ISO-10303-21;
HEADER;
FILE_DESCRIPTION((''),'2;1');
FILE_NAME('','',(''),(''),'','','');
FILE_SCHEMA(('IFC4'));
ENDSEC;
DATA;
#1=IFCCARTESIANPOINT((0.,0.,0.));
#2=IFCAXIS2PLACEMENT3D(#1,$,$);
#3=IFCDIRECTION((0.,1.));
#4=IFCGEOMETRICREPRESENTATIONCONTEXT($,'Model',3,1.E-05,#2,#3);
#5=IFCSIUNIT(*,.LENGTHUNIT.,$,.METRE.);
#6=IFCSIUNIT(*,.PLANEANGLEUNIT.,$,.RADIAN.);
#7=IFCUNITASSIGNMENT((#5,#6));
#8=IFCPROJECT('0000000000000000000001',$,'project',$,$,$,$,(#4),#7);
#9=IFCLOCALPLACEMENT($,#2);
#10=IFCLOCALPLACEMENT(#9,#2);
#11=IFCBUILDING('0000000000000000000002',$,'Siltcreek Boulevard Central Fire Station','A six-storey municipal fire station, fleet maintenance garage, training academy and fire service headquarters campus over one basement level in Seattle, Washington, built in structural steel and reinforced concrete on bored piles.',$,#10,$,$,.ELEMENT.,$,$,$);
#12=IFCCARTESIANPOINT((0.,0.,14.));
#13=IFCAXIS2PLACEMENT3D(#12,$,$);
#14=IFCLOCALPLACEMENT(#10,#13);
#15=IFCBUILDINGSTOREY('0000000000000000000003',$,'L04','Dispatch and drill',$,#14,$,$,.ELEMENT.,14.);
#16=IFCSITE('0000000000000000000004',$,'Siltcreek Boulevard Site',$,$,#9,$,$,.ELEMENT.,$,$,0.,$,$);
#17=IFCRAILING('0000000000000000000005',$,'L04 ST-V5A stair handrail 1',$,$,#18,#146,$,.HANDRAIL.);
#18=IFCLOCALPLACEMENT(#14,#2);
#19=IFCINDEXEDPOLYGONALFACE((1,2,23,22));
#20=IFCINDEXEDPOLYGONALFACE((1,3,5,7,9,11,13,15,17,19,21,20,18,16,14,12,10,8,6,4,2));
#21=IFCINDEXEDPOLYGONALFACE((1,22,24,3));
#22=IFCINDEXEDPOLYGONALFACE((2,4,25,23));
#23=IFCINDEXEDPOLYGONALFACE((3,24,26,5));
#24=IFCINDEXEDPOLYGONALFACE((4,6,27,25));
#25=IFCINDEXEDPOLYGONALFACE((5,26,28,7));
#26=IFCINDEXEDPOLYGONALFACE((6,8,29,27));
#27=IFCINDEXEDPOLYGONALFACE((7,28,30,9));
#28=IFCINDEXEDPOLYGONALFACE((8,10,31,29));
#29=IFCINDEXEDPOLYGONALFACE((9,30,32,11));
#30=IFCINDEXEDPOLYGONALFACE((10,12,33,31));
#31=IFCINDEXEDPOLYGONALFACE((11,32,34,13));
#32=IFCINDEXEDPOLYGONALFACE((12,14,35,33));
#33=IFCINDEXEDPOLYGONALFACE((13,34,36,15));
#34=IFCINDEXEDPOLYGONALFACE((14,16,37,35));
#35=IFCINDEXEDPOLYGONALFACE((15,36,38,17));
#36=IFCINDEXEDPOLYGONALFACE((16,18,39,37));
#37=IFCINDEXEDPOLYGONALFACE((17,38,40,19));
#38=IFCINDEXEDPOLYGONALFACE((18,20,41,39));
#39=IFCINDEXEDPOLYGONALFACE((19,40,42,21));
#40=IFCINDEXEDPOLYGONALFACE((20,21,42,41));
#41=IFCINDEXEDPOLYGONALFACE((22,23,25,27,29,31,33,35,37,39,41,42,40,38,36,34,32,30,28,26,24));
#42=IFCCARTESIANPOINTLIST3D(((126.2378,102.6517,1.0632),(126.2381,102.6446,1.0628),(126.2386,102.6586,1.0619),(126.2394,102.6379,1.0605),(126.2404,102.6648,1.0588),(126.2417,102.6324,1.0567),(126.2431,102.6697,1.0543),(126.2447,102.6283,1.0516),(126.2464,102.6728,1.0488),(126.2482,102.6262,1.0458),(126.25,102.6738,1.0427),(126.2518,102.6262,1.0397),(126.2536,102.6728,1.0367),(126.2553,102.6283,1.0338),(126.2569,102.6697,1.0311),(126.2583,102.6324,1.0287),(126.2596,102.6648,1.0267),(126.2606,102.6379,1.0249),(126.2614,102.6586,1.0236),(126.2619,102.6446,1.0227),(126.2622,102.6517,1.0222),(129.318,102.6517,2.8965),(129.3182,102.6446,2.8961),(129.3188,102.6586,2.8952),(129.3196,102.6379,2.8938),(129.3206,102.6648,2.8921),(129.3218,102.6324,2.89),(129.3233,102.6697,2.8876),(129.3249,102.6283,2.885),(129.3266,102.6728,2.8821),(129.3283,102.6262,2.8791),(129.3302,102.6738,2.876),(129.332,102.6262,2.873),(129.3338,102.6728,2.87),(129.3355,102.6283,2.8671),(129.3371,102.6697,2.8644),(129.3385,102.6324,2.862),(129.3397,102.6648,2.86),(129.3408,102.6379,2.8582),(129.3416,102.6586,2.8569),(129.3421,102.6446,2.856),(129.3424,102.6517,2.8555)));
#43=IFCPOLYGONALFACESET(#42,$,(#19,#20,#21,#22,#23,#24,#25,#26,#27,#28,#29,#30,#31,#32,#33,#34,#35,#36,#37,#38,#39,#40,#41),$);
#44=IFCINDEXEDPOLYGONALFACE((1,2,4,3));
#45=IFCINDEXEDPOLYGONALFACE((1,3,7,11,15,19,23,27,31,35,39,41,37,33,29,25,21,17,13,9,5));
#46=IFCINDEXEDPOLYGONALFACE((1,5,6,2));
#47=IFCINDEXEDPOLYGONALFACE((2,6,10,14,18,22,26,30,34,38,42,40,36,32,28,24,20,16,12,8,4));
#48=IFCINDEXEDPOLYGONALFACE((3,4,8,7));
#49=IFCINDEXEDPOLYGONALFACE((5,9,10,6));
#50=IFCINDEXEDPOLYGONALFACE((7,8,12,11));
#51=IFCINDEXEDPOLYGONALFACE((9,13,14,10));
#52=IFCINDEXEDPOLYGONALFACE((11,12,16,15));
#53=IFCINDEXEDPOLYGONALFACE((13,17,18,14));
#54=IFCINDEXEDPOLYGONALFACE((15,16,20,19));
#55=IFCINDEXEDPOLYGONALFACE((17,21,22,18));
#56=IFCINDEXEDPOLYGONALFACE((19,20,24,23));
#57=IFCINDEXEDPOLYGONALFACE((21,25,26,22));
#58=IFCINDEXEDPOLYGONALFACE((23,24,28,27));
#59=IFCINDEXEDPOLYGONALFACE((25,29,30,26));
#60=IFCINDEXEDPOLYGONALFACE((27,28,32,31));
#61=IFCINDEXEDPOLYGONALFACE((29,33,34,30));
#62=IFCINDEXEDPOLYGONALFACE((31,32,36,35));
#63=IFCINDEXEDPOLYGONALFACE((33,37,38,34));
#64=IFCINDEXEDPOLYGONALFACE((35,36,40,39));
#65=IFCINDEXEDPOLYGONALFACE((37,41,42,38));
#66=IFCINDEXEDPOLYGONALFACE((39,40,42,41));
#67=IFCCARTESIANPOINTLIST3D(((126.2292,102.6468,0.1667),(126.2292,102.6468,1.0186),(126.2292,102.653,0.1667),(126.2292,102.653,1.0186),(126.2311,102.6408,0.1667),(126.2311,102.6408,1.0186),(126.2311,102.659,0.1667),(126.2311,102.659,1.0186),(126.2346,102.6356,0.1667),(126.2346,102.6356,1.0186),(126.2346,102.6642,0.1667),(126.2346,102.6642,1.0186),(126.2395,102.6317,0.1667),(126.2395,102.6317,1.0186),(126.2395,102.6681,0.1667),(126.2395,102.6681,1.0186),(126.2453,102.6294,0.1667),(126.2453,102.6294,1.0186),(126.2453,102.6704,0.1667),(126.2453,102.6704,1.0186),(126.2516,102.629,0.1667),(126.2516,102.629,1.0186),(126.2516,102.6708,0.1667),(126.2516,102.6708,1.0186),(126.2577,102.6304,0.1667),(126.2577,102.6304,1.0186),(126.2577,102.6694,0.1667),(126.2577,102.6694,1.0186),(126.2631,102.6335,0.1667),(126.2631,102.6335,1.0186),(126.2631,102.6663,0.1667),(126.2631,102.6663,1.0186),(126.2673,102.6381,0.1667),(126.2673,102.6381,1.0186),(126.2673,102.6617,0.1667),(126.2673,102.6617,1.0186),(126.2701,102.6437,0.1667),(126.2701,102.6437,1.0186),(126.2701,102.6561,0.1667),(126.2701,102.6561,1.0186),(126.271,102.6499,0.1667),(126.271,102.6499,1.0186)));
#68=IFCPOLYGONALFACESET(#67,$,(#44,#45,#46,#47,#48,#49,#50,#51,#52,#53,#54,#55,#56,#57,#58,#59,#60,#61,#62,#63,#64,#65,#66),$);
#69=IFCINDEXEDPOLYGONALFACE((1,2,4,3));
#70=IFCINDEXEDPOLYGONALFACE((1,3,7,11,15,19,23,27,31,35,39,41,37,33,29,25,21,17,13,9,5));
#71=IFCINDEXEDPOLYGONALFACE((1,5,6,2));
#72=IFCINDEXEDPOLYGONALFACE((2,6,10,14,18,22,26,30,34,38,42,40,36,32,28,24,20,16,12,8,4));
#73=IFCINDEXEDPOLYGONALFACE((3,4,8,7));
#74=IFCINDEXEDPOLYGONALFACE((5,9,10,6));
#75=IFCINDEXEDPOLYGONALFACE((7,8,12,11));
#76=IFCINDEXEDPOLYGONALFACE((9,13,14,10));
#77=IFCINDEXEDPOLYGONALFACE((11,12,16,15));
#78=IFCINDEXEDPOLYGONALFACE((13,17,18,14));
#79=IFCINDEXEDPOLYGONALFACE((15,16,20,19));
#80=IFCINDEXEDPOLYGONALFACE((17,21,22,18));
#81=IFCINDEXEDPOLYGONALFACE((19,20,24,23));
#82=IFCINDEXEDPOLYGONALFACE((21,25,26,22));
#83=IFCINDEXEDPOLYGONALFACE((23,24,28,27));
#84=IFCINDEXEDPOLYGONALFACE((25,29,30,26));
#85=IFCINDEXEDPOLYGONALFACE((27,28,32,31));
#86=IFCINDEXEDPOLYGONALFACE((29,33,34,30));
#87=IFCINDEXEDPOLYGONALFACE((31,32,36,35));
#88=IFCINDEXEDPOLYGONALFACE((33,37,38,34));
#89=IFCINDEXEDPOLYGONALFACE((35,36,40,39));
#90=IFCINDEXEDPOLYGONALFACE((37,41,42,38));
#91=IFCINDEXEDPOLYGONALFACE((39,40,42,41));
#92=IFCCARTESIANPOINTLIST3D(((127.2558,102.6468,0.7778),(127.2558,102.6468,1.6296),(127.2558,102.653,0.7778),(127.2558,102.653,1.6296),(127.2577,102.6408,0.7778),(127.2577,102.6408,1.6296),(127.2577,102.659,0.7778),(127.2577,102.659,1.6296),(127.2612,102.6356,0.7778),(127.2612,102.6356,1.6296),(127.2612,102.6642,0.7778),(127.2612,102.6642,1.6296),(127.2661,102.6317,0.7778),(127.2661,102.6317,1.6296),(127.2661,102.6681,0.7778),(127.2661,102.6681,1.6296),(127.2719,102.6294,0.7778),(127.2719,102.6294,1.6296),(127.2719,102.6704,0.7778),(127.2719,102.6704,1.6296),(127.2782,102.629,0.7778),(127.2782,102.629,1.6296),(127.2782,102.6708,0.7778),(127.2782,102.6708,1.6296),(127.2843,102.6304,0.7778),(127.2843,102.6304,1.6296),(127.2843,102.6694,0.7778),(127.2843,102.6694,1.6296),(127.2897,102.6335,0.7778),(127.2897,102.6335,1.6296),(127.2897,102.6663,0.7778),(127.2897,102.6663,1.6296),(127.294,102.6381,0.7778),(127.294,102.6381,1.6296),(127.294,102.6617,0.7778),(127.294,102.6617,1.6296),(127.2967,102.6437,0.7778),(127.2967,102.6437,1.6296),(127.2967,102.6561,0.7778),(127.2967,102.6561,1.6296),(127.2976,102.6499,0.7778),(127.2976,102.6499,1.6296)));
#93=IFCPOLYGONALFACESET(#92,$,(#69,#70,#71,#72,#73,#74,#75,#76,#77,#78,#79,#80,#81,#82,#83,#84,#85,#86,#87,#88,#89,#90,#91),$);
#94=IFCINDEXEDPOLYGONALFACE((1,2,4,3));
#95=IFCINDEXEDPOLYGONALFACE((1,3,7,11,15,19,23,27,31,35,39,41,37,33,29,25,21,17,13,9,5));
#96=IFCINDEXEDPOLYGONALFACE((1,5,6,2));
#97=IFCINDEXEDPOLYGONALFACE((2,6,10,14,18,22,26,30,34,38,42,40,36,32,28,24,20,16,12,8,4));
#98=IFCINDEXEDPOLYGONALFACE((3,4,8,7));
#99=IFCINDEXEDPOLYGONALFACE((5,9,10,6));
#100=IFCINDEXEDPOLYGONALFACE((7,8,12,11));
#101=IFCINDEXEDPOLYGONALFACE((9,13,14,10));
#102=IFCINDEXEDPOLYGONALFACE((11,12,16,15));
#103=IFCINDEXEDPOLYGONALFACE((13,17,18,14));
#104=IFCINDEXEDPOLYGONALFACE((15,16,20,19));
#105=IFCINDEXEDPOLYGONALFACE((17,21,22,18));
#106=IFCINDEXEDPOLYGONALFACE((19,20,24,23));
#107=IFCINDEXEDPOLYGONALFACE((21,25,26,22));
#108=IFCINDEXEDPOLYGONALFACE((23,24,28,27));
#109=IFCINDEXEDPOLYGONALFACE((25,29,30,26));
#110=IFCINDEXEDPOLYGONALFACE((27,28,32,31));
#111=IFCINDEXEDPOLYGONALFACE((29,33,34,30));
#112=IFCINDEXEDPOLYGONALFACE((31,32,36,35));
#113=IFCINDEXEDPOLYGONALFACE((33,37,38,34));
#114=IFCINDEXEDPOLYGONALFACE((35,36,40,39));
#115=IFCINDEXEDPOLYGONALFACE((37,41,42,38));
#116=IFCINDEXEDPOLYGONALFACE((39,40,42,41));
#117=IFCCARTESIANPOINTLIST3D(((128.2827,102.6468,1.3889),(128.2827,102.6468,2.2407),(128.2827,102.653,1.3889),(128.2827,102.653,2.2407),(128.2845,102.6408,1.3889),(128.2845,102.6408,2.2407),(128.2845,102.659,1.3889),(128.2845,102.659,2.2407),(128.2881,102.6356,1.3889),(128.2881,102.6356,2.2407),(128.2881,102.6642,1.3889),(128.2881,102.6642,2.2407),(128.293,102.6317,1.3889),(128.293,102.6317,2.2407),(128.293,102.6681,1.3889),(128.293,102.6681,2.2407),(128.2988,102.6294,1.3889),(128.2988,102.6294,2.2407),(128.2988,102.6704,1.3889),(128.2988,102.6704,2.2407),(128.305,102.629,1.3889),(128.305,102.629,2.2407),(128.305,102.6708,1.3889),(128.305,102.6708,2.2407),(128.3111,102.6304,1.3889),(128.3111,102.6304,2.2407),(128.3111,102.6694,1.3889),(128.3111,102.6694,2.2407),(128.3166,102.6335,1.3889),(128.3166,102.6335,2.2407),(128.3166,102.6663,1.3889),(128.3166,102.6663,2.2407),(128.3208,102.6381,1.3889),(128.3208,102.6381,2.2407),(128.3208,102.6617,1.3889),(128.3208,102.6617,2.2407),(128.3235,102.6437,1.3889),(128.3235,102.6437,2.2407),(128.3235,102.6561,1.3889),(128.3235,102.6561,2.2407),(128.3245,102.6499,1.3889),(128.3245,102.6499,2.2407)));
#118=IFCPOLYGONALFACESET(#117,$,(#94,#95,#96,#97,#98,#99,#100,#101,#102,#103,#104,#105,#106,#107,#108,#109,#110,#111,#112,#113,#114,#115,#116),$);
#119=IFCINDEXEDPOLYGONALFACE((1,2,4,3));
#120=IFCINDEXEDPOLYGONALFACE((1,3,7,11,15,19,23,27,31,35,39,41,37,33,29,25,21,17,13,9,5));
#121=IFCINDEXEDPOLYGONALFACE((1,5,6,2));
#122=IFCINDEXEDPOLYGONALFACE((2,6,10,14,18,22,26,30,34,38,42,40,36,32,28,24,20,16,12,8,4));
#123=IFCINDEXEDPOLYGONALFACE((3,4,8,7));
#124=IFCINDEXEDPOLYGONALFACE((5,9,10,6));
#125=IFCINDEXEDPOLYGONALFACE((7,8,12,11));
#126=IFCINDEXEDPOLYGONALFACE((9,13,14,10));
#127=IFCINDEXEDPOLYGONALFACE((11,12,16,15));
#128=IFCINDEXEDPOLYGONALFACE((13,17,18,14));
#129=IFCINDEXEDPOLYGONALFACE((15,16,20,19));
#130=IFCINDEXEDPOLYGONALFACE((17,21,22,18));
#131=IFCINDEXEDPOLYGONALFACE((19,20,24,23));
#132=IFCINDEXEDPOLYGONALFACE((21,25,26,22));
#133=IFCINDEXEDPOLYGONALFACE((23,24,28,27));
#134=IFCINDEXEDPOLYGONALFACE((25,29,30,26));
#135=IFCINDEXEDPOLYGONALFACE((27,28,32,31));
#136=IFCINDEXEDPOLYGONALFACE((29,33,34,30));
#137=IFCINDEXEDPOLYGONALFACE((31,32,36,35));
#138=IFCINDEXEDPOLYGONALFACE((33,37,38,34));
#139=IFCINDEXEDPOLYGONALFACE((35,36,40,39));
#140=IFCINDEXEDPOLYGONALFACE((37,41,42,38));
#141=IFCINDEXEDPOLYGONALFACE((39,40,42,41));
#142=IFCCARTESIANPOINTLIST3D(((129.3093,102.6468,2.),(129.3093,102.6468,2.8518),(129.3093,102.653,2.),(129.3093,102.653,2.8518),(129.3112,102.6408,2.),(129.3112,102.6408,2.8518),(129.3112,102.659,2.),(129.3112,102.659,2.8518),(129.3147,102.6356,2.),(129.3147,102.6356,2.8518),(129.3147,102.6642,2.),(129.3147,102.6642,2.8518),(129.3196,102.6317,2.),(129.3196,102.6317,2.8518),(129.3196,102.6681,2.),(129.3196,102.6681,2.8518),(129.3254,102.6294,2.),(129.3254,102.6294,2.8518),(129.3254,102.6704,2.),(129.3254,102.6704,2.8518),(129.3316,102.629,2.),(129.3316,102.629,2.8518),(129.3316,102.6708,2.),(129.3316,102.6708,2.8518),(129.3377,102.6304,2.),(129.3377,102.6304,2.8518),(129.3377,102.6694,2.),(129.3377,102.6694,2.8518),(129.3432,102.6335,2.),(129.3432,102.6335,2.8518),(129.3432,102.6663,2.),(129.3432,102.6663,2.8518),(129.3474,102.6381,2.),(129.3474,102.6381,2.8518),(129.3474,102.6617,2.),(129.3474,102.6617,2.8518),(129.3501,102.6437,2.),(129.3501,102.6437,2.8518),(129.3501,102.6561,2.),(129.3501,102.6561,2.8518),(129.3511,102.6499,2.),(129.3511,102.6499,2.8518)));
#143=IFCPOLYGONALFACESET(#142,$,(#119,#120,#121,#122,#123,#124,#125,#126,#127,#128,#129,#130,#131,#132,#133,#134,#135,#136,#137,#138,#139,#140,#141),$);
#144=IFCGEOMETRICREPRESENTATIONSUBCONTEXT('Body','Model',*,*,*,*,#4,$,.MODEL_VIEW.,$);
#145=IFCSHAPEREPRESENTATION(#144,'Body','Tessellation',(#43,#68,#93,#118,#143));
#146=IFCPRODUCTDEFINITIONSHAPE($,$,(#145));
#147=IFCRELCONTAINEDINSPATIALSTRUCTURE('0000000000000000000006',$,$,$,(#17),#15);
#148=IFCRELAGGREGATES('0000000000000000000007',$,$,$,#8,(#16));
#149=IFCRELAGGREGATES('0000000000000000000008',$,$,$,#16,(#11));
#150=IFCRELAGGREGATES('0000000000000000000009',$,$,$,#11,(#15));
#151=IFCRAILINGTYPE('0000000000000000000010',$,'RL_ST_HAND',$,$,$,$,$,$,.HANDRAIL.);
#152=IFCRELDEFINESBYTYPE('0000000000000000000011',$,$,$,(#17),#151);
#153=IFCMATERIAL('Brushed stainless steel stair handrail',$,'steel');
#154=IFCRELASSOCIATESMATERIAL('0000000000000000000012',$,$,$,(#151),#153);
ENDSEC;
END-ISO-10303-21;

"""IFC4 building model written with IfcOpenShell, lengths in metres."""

from ifc_helpers import new_model, si_unit, direction, frame, origin, origin_2d, place, context, subcontext, project, spatial, circle, extrude, material, type_object, element, save


model = new_model("IFC4")

# Units and contexts
model_context = context("Model", 3, precision=1e-05, world=origin(), true_north=direction((0.0, 1.0)))
body_context = subcontext(model_context, "Body", "Model", "MODEL_VIEW")
ifc_project = project(units=[si_unit("LENGTHUNIT", "METRE"), si_unit("PLANEANGLEUNIT", "RADIAN")], contexts=[model_context])

# Site, building, storey
site_placement = place(None, origin())
site = spatial("IfcSite", under=ifc_project, at=site_placement, Name="Siltcreek Boulevard Site", CompositionType="ELEMENT", RefElevation=0.0)
building_placement = place(site_placement, origin())
building = spatial("IfcBuilding", under=site, at=building_placement, Name="Siltcreek Boulevard Central Fire Station", Description="A six-storey municipal fire station, fleet maintenance garage, training academy and fire service headquarters campus over one basement level in Seattle, Washington, built in structural steel and reinforced concrete on bored piles.", CompositionType="ELEMENT")
storey_placement = place(building_placement, frame((0.0, 0.0, 14.0)))
storey = spatial("IfcBuildingStorey", under=building, at=storey_placement, Name="L04", Description="Dispatch and drill", CompositionType="ELEMENT", Elevation=14.0)

# Railing
ifc_material_1 = material(Name="Brushed stainless steel stair handrail", Category="steel")
railing_type_1 = type_object("IfcRailingType", Name="RL_ST_HAND", PredefinedType="HANDRAIL", material=ifc_material_1)
railing_1_placement = place(storey_placement, frame((126.25, 102.6499, 0.1667)))
element("IfcRailing", 1, at=railing_1_placement, inside=storey, type_object=railing_type_1, Name="L04 ST-V5A stair handrail 1", PredefinedType="HANDRAIL", context=body_context, shape_type="SweptSolid", body=[
    extrude(circle(Radius=0.0239, at=origin_2d()), frame((0.0, 0.0, 0.876), z_axis=(0.859309, 0.0, 0.511458), x_axis=(0.0, 1.0, 0.0)), (0.0, 0.0, 1.0), 3.5845),
    extrude(circle(Radius=0.021, at=origin_2d()), origin(), (0.0, 0.0, 1.0), 0.8518),
    extrude(circle(Radius=0.021, at=origin_2d()), frame((1.0266, 0.0, 0.6111)), (0.0, 0.0, 1.0), 0.8518),
    extrude(circle(Radius=0.021, at=origin_2d()), frame((2.0535, 0.0, 1.2222)), (0.0, 0.0, 1.0), 0.8518),
    extrude(circle(Radius=0.021, at=origin_2d()), frame((3.0801, 0.0, 1.8333)), (0.0, 0.0, 1.0), 0.8518),
])

save(model, "model.ifc")
